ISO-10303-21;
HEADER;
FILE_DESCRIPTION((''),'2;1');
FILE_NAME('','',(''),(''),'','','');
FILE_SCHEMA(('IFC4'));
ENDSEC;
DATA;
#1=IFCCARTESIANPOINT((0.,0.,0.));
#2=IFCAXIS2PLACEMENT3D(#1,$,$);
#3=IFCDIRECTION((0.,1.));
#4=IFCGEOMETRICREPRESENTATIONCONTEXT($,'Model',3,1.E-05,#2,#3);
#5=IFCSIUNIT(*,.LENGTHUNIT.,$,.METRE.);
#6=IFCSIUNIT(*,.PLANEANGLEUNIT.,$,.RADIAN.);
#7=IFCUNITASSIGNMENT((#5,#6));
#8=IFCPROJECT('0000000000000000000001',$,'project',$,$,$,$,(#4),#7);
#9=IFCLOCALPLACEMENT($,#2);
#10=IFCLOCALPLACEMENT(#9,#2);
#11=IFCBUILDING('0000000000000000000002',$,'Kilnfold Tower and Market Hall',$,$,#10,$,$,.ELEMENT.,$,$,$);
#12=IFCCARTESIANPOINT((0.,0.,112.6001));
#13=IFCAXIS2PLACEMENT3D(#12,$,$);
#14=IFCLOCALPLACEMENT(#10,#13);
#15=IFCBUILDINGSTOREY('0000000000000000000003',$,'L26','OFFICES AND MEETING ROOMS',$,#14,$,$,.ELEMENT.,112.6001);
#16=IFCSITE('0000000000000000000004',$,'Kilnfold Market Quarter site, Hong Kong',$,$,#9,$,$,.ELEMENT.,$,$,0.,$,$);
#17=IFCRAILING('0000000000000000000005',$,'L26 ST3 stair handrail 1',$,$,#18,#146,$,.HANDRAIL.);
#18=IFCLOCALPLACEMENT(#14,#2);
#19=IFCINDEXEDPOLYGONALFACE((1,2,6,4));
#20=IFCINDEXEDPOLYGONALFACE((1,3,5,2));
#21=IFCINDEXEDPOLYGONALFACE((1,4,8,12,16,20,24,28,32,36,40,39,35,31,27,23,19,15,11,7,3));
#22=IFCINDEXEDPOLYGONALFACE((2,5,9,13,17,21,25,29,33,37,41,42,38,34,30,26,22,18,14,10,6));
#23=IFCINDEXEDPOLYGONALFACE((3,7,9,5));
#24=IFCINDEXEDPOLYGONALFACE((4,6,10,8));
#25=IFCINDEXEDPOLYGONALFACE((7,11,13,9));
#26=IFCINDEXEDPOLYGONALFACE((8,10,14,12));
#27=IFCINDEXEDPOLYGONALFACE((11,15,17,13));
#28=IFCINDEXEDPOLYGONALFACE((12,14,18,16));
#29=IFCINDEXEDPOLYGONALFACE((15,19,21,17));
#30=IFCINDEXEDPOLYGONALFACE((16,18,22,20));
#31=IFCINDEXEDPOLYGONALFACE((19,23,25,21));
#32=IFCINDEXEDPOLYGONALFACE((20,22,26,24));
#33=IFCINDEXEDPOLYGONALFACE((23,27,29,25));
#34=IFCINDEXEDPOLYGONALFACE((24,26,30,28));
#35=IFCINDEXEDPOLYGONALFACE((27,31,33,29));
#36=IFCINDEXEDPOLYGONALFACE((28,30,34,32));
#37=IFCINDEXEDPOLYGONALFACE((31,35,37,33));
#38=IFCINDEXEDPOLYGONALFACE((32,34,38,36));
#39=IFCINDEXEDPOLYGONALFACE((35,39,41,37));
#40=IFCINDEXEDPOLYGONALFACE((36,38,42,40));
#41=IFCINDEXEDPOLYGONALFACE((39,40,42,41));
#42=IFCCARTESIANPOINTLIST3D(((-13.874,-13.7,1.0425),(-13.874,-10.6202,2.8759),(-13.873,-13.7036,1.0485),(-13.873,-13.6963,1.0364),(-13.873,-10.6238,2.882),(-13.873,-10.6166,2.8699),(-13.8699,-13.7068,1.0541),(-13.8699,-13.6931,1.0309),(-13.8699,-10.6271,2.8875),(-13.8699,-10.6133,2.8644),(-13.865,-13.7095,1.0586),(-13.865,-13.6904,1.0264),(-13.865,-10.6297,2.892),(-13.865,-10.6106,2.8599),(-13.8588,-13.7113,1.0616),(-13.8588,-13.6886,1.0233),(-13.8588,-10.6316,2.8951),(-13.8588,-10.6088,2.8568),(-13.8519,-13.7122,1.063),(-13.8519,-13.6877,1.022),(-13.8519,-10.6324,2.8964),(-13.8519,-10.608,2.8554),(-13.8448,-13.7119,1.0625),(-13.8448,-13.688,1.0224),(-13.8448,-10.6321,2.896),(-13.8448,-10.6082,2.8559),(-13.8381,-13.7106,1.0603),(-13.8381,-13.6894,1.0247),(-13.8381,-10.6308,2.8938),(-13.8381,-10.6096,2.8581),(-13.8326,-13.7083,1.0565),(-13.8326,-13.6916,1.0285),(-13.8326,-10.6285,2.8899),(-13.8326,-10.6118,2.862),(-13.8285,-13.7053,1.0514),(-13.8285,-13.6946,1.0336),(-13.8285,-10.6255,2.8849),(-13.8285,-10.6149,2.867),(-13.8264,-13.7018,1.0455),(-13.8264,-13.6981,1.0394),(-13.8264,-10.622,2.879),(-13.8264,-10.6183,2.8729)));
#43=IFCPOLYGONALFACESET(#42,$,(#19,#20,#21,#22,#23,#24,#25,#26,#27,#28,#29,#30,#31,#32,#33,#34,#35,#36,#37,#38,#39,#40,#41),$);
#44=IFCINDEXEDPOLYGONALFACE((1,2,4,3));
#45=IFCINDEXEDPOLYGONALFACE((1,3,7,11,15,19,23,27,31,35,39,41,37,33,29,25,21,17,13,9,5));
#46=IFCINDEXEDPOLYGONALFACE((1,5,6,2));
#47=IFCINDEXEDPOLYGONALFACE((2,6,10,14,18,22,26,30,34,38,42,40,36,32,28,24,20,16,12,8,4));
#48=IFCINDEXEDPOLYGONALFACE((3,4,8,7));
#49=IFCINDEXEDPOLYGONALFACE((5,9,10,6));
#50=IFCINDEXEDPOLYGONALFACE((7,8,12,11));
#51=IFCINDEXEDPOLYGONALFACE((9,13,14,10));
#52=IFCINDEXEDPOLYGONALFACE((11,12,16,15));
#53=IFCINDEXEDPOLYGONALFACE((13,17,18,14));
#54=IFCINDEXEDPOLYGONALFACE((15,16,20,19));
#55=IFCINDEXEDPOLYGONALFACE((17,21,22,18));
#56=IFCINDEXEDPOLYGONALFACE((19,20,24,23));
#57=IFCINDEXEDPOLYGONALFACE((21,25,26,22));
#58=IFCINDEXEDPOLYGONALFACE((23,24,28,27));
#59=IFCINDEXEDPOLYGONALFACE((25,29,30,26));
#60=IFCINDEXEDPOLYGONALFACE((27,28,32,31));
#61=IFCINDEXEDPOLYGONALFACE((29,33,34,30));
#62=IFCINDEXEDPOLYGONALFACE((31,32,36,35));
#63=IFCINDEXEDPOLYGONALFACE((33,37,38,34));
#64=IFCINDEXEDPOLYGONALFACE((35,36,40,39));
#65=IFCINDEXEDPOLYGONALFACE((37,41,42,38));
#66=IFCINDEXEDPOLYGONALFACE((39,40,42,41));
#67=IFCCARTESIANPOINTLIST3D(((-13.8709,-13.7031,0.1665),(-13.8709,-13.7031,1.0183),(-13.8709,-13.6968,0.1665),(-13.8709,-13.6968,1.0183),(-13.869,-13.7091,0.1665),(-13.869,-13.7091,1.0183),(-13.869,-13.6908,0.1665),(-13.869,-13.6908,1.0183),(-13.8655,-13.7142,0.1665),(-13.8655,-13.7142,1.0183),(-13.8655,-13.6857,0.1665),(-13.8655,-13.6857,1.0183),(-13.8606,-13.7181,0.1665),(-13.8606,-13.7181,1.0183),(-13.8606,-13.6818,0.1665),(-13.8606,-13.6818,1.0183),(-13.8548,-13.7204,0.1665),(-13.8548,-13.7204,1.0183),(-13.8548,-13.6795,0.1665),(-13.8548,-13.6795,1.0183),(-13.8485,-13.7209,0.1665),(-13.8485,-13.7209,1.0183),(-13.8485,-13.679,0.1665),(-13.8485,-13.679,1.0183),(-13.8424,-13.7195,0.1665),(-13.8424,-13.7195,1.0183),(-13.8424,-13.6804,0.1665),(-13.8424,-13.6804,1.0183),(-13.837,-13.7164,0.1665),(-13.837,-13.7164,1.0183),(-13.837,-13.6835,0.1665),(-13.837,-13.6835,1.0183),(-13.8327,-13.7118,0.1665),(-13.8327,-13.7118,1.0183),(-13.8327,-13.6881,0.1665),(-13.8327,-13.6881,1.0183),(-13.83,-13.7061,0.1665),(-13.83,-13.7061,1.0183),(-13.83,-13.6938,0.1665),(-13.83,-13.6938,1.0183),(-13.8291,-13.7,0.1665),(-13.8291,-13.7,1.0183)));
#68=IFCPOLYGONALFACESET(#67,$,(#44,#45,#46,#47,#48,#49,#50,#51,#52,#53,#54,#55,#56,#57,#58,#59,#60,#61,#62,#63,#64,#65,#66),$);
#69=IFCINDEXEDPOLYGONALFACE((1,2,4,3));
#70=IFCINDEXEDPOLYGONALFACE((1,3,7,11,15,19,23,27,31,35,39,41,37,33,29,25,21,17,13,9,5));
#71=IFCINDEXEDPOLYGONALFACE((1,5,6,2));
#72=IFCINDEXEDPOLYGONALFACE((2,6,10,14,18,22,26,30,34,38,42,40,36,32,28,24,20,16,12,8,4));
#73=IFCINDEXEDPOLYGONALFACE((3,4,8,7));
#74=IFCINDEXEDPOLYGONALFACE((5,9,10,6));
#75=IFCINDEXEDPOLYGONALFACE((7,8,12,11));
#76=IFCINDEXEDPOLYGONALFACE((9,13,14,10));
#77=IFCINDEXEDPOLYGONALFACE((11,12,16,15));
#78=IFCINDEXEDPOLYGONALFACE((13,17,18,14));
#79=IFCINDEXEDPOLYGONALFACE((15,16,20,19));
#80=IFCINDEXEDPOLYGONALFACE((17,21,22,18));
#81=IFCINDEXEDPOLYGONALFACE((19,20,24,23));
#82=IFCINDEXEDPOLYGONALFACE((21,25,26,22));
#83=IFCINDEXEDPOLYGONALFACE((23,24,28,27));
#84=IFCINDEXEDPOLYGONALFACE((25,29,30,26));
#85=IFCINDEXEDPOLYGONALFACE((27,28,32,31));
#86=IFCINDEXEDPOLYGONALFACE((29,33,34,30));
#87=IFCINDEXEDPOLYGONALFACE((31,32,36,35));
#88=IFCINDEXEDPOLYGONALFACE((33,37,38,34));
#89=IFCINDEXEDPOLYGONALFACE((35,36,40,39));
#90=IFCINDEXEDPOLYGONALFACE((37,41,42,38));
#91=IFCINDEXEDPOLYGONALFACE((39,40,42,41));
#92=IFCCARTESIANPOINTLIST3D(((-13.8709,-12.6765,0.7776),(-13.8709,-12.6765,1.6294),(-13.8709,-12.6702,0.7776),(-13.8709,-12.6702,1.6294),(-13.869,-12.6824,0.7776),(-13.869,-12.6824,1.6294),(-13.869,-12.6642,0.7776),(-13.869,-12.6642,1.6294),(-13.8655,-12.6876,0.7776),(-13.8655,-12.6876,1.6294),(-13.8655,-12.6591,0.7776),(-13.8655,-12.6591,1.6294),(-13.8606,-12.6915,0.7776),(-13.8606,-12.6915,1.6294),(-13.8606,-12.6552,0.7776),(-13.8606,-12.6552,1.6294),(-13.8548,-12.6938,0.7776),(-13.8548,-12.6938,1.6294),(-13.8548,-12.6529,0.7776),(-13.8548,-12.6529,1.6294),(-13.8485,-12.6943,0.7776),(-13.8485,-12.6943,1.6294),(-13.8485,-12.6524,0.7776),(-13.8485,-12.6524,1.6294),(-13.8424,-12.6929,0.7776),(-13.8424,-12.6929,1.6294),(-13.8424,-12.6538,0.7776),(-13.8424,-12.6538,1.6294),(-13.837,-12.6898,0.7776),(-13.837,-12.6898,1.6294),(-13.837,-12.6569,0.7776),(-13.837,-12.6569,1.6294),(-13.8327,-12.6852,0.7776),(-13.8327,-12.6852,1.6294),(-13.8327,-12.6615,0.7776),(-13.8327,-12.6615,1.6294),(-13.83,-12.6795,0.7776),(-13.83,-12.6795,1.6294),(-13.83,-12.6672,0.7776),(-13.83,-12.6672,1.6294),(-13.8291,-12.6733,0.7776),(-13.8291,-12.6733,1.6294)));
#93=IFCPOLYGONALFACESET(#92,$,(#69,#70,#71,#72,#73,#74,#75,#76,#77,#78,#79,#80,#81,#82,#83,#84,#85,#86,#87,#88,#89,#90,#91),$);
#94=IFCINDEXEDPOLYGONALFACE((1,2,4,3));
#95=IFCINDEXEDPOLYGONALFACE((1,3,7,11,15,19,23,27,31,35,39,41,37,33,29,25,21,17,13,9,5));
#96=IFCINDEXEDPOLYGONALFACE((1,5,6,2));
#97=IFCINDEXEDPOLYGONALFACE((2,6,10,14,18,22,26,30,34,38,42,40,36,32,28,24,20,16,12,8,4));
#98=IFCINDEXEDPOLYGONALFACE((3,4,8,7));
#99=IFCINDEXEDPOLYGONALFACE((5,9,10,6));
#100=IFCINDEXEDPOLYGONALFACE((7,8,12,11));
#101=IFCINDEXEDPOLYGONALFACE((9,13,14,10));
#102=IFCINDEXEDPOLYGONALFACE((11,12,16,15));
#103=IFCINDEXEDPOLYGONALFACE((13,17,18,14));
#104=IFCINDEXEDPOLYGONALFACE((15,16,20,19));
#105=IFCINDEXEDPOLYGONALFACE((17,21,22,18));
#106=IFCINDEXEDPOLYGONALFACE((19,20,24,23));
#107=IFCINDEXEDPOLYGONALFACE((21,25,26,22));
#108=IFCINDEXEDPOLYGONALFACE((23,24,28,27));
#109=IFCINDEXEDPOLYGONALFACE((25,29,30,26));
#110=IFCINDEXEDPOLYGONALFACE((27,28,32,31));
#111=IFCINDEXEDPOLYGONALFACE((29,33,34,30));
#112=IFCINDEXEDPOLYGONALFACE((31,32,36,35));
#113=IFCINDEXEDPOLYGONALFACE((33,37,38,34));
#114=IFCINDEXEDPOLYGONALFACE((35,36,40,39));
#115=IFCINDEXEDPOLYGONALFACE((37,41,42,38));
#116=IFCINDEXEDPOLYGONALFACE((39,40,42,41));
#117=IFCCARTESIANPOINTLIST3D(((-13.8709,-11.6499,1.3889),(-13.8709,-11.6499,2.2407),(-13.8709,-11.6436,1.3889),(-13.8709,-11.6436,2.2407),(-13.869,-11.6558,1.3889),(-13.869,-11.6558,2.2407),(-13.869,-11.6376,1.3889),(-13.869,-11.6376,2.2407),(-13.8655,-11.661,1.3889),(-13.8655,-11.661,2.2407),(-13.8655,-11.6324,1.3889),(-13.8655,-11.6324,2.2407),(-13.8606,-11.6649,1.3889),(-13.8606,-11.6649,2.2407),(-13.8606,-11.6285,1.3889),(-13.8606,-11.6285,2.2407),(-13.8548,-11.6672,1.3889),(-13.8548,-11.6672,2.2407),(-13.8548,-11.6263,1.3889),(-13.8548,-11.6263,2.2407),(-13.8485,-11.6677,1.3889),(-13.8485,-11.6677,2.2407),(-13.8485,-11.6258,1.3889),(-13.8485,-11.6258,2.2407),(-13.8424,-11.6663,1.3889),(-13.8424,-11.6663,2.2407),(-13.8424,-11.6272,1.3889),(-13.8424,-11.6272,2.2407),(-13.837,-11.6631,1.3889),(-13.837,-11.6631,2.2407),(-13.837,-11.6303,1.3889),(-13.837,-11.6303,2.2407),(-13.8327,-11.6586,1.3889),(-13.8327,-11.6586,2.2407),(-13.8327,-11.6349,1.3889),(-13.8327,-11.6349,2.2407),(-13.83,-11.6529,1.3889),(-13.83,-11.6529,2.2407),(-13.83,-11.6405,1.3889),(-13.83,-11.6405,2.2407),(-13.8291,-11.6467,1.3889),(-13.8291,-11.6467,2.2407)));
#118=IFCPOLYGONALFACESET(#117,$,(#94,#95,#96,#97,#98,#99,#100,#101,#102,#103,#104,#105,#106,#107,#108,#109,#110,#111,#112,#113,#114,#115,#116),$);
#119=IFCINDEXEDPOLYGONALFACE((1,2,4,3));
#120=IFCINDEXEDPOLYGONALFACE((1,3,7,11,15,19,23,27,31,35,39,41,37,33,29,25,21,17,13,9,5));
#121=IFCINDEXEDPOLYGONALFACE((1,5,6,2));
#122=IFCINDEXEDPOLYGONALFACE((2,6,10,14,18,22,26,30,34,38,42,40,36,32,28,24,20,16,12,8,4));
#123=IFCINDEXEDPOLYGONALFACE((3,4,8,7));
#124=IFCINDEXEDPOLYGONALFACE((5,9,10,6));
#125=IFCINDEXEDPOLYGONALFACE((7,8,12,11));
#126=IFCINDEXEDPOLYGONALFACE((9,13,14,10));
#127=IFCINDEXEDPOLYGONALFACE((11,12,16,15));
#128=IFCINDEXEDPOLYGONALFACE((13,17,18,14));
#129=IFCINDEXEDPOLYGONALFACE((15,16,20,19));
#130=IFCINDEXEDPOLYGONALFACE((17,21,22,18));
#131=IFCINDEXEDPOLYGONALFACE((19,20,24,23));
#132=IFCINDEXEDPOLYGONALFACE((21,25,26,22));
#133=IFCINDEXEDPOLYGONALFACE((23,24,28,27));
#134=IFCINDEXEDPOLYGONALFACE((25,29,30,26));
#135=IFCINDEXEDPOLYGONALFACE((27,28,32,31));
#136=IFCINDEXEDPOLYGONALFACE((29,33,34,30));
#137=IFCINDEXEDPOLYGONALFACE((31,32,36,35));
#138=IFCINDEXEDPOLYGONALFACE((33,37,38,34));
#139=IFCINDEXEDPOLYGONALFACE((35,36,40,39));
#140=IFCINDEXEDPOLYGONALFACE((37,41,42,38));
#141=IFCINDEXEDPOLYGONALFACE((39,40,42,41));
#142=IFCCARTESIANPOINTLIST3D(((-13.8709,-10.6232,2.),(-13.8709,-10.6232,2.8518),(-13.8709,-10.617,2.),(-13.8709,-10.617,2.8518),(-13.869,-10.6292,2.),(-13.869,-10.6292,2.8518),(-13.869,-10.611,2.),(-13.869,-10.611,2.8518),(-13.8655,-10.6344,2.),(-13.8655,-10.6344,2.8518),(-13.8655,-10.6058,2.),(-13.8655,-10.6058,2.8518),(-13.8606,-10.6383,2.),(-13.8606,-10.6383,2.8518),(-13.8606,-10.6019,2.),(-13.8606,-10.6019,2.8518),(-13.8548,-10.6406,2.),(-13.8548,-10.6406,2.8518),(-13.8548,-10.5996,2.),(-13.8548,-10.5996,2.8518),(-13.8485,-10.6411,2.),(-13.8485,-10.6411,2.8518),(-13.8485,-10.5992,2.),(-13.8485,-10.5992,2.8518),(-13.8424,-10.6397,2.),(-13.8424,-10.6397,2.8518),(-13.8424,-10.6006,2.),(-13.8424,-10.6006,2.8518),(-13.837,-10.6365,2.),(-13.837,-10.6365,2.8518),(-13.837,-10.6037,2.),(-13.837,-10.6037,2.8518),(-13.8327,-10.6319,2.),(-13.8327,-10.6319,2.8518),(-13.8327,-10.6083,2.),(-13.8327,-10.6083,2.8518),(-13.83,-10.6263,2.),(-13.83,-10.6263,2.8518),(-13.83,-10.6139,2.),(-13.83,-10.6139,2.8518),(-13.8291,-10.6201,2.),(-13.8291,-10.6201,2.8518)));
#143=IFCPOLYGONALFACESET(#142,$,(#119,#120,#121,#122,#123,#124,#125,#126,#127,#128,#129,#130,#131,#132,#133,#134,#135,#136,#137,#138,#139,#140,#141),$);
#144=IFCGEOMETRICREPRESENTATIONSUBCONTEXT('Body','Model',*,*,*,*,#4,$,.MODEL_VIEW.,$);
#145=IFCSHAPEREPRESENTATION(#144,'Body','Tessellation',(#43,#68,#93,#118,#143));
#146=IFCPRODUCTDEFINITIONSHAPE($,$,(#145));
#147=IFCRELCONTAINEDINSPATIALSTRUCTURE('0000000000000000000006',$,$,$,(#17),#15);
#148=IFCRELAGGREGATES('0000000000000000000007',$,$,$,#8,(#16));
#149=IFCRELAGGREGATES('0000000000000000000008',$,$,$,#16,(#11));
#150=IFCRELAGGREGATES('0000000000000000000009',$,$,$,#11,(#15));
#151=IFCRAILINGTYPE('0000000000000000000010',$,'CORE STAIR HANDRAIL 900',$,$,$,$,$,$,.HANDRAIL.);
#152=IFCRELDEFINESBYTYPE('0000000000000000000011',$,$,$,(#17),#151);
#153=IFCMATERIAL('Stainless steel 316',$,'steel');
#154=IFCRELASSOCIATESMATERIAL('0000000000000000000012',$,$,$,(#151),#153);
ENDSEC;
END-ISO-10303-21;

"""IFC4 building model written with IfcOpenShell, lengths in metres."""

from ifc_helpers import new_model, si_unit, direction, frame, origin, origin_2d, place, context, subcontext, project, spatial, circle, extrude, material, type_object, element, save


model = new_model("IFC4")

# Units and contexts
model_context = context("Model", 3, precision=1e-05, world=origin(), true_north=direction((0.0, 1.0)))
body_context = subcontext(model_context, "Body", "Model", "MODEL_VIEW")
ifc_project = project(units=[si_unit("LENGTHUNIT", "METRE"), si_unit("PLANEANGLEUNIT", "RADIAN")], contexts=[model_context])

# Site, building, storey
site_placement = place(None, origin())
site = spatial("IfcSite", under=ifc_project, at=site_placement, Name="Kilnfold Market Quarter site, Hong Kong", CompositionType="ELEMENT", RefElevation=0.0)
building_placement = place(site_placement, origin())
building = spatial("IfcBuilding", under=site, at=building_placement, Name="Kilnfold Tower and Market Hall", CompositionType="ELEMENT")
storey_placement = place(building_placement, frame((0.0, 0.0, 112.6001)))
storey = spatial("IfcBuildingStorey", under=building, at=storey_placement, Name="L26", Description="OFFICES AND MEETING ROOMS", CompositionType="ELEMENT", Elevation=112.6001)

# Railing
ifc_material_1 = material(Name="Stainless steel 316", Category="steel")
railing_type = type_object("IfcRailingType", Name="CORE STAIR HANDRAIL 900", PredefinedType="HANDRAIL", material=ifc_material_1)
railing_1_placement = place(storey_placement, frame((-13.8501, -13.7, 0.1665)))
element("IfcRailing", 1, at=railing_1_placement, inside=storey, type_object=railing_type, Name="L26 ST3 stair handrail 1", PredefinedType="HANDRAIL", context=body_context, shape_type="SweptSolid", body=[
    extrude(circle(Radius=0.0239, at=origin_2d()), frame((0.0, 0.0, 0.876), z_axis=(0.0, 0.859261, 0.511538), x_axis=(-1.0, 0.0, 0.0)), (0.0, 0.0, 1.0), 3.5842),
    extrude(circle(Radius=0.021, at=origin_2d()), origin(), (0.0, 0.0, 1.0), 0.8518),
    extrude(circle(Radius=0.021, at=origin_2d()), frame((0.0, 1.0266, 0.6111)), (0.0, 0.0, 1.0), 0.8518),
    extrude(circle(Radius=0.021, at=origin_2d()), frame((0.0, 2.0532, 1.2224)), (0.0, 0.0, 1.0), 0.8518),
    extrude(circle(Radius=0.021, at=origin_2d()), frame((0.0, 3.0798, 1.8335)), (0.0, 0.0, 1.0), 0.8518),
])

save(model, "model.ifc")
